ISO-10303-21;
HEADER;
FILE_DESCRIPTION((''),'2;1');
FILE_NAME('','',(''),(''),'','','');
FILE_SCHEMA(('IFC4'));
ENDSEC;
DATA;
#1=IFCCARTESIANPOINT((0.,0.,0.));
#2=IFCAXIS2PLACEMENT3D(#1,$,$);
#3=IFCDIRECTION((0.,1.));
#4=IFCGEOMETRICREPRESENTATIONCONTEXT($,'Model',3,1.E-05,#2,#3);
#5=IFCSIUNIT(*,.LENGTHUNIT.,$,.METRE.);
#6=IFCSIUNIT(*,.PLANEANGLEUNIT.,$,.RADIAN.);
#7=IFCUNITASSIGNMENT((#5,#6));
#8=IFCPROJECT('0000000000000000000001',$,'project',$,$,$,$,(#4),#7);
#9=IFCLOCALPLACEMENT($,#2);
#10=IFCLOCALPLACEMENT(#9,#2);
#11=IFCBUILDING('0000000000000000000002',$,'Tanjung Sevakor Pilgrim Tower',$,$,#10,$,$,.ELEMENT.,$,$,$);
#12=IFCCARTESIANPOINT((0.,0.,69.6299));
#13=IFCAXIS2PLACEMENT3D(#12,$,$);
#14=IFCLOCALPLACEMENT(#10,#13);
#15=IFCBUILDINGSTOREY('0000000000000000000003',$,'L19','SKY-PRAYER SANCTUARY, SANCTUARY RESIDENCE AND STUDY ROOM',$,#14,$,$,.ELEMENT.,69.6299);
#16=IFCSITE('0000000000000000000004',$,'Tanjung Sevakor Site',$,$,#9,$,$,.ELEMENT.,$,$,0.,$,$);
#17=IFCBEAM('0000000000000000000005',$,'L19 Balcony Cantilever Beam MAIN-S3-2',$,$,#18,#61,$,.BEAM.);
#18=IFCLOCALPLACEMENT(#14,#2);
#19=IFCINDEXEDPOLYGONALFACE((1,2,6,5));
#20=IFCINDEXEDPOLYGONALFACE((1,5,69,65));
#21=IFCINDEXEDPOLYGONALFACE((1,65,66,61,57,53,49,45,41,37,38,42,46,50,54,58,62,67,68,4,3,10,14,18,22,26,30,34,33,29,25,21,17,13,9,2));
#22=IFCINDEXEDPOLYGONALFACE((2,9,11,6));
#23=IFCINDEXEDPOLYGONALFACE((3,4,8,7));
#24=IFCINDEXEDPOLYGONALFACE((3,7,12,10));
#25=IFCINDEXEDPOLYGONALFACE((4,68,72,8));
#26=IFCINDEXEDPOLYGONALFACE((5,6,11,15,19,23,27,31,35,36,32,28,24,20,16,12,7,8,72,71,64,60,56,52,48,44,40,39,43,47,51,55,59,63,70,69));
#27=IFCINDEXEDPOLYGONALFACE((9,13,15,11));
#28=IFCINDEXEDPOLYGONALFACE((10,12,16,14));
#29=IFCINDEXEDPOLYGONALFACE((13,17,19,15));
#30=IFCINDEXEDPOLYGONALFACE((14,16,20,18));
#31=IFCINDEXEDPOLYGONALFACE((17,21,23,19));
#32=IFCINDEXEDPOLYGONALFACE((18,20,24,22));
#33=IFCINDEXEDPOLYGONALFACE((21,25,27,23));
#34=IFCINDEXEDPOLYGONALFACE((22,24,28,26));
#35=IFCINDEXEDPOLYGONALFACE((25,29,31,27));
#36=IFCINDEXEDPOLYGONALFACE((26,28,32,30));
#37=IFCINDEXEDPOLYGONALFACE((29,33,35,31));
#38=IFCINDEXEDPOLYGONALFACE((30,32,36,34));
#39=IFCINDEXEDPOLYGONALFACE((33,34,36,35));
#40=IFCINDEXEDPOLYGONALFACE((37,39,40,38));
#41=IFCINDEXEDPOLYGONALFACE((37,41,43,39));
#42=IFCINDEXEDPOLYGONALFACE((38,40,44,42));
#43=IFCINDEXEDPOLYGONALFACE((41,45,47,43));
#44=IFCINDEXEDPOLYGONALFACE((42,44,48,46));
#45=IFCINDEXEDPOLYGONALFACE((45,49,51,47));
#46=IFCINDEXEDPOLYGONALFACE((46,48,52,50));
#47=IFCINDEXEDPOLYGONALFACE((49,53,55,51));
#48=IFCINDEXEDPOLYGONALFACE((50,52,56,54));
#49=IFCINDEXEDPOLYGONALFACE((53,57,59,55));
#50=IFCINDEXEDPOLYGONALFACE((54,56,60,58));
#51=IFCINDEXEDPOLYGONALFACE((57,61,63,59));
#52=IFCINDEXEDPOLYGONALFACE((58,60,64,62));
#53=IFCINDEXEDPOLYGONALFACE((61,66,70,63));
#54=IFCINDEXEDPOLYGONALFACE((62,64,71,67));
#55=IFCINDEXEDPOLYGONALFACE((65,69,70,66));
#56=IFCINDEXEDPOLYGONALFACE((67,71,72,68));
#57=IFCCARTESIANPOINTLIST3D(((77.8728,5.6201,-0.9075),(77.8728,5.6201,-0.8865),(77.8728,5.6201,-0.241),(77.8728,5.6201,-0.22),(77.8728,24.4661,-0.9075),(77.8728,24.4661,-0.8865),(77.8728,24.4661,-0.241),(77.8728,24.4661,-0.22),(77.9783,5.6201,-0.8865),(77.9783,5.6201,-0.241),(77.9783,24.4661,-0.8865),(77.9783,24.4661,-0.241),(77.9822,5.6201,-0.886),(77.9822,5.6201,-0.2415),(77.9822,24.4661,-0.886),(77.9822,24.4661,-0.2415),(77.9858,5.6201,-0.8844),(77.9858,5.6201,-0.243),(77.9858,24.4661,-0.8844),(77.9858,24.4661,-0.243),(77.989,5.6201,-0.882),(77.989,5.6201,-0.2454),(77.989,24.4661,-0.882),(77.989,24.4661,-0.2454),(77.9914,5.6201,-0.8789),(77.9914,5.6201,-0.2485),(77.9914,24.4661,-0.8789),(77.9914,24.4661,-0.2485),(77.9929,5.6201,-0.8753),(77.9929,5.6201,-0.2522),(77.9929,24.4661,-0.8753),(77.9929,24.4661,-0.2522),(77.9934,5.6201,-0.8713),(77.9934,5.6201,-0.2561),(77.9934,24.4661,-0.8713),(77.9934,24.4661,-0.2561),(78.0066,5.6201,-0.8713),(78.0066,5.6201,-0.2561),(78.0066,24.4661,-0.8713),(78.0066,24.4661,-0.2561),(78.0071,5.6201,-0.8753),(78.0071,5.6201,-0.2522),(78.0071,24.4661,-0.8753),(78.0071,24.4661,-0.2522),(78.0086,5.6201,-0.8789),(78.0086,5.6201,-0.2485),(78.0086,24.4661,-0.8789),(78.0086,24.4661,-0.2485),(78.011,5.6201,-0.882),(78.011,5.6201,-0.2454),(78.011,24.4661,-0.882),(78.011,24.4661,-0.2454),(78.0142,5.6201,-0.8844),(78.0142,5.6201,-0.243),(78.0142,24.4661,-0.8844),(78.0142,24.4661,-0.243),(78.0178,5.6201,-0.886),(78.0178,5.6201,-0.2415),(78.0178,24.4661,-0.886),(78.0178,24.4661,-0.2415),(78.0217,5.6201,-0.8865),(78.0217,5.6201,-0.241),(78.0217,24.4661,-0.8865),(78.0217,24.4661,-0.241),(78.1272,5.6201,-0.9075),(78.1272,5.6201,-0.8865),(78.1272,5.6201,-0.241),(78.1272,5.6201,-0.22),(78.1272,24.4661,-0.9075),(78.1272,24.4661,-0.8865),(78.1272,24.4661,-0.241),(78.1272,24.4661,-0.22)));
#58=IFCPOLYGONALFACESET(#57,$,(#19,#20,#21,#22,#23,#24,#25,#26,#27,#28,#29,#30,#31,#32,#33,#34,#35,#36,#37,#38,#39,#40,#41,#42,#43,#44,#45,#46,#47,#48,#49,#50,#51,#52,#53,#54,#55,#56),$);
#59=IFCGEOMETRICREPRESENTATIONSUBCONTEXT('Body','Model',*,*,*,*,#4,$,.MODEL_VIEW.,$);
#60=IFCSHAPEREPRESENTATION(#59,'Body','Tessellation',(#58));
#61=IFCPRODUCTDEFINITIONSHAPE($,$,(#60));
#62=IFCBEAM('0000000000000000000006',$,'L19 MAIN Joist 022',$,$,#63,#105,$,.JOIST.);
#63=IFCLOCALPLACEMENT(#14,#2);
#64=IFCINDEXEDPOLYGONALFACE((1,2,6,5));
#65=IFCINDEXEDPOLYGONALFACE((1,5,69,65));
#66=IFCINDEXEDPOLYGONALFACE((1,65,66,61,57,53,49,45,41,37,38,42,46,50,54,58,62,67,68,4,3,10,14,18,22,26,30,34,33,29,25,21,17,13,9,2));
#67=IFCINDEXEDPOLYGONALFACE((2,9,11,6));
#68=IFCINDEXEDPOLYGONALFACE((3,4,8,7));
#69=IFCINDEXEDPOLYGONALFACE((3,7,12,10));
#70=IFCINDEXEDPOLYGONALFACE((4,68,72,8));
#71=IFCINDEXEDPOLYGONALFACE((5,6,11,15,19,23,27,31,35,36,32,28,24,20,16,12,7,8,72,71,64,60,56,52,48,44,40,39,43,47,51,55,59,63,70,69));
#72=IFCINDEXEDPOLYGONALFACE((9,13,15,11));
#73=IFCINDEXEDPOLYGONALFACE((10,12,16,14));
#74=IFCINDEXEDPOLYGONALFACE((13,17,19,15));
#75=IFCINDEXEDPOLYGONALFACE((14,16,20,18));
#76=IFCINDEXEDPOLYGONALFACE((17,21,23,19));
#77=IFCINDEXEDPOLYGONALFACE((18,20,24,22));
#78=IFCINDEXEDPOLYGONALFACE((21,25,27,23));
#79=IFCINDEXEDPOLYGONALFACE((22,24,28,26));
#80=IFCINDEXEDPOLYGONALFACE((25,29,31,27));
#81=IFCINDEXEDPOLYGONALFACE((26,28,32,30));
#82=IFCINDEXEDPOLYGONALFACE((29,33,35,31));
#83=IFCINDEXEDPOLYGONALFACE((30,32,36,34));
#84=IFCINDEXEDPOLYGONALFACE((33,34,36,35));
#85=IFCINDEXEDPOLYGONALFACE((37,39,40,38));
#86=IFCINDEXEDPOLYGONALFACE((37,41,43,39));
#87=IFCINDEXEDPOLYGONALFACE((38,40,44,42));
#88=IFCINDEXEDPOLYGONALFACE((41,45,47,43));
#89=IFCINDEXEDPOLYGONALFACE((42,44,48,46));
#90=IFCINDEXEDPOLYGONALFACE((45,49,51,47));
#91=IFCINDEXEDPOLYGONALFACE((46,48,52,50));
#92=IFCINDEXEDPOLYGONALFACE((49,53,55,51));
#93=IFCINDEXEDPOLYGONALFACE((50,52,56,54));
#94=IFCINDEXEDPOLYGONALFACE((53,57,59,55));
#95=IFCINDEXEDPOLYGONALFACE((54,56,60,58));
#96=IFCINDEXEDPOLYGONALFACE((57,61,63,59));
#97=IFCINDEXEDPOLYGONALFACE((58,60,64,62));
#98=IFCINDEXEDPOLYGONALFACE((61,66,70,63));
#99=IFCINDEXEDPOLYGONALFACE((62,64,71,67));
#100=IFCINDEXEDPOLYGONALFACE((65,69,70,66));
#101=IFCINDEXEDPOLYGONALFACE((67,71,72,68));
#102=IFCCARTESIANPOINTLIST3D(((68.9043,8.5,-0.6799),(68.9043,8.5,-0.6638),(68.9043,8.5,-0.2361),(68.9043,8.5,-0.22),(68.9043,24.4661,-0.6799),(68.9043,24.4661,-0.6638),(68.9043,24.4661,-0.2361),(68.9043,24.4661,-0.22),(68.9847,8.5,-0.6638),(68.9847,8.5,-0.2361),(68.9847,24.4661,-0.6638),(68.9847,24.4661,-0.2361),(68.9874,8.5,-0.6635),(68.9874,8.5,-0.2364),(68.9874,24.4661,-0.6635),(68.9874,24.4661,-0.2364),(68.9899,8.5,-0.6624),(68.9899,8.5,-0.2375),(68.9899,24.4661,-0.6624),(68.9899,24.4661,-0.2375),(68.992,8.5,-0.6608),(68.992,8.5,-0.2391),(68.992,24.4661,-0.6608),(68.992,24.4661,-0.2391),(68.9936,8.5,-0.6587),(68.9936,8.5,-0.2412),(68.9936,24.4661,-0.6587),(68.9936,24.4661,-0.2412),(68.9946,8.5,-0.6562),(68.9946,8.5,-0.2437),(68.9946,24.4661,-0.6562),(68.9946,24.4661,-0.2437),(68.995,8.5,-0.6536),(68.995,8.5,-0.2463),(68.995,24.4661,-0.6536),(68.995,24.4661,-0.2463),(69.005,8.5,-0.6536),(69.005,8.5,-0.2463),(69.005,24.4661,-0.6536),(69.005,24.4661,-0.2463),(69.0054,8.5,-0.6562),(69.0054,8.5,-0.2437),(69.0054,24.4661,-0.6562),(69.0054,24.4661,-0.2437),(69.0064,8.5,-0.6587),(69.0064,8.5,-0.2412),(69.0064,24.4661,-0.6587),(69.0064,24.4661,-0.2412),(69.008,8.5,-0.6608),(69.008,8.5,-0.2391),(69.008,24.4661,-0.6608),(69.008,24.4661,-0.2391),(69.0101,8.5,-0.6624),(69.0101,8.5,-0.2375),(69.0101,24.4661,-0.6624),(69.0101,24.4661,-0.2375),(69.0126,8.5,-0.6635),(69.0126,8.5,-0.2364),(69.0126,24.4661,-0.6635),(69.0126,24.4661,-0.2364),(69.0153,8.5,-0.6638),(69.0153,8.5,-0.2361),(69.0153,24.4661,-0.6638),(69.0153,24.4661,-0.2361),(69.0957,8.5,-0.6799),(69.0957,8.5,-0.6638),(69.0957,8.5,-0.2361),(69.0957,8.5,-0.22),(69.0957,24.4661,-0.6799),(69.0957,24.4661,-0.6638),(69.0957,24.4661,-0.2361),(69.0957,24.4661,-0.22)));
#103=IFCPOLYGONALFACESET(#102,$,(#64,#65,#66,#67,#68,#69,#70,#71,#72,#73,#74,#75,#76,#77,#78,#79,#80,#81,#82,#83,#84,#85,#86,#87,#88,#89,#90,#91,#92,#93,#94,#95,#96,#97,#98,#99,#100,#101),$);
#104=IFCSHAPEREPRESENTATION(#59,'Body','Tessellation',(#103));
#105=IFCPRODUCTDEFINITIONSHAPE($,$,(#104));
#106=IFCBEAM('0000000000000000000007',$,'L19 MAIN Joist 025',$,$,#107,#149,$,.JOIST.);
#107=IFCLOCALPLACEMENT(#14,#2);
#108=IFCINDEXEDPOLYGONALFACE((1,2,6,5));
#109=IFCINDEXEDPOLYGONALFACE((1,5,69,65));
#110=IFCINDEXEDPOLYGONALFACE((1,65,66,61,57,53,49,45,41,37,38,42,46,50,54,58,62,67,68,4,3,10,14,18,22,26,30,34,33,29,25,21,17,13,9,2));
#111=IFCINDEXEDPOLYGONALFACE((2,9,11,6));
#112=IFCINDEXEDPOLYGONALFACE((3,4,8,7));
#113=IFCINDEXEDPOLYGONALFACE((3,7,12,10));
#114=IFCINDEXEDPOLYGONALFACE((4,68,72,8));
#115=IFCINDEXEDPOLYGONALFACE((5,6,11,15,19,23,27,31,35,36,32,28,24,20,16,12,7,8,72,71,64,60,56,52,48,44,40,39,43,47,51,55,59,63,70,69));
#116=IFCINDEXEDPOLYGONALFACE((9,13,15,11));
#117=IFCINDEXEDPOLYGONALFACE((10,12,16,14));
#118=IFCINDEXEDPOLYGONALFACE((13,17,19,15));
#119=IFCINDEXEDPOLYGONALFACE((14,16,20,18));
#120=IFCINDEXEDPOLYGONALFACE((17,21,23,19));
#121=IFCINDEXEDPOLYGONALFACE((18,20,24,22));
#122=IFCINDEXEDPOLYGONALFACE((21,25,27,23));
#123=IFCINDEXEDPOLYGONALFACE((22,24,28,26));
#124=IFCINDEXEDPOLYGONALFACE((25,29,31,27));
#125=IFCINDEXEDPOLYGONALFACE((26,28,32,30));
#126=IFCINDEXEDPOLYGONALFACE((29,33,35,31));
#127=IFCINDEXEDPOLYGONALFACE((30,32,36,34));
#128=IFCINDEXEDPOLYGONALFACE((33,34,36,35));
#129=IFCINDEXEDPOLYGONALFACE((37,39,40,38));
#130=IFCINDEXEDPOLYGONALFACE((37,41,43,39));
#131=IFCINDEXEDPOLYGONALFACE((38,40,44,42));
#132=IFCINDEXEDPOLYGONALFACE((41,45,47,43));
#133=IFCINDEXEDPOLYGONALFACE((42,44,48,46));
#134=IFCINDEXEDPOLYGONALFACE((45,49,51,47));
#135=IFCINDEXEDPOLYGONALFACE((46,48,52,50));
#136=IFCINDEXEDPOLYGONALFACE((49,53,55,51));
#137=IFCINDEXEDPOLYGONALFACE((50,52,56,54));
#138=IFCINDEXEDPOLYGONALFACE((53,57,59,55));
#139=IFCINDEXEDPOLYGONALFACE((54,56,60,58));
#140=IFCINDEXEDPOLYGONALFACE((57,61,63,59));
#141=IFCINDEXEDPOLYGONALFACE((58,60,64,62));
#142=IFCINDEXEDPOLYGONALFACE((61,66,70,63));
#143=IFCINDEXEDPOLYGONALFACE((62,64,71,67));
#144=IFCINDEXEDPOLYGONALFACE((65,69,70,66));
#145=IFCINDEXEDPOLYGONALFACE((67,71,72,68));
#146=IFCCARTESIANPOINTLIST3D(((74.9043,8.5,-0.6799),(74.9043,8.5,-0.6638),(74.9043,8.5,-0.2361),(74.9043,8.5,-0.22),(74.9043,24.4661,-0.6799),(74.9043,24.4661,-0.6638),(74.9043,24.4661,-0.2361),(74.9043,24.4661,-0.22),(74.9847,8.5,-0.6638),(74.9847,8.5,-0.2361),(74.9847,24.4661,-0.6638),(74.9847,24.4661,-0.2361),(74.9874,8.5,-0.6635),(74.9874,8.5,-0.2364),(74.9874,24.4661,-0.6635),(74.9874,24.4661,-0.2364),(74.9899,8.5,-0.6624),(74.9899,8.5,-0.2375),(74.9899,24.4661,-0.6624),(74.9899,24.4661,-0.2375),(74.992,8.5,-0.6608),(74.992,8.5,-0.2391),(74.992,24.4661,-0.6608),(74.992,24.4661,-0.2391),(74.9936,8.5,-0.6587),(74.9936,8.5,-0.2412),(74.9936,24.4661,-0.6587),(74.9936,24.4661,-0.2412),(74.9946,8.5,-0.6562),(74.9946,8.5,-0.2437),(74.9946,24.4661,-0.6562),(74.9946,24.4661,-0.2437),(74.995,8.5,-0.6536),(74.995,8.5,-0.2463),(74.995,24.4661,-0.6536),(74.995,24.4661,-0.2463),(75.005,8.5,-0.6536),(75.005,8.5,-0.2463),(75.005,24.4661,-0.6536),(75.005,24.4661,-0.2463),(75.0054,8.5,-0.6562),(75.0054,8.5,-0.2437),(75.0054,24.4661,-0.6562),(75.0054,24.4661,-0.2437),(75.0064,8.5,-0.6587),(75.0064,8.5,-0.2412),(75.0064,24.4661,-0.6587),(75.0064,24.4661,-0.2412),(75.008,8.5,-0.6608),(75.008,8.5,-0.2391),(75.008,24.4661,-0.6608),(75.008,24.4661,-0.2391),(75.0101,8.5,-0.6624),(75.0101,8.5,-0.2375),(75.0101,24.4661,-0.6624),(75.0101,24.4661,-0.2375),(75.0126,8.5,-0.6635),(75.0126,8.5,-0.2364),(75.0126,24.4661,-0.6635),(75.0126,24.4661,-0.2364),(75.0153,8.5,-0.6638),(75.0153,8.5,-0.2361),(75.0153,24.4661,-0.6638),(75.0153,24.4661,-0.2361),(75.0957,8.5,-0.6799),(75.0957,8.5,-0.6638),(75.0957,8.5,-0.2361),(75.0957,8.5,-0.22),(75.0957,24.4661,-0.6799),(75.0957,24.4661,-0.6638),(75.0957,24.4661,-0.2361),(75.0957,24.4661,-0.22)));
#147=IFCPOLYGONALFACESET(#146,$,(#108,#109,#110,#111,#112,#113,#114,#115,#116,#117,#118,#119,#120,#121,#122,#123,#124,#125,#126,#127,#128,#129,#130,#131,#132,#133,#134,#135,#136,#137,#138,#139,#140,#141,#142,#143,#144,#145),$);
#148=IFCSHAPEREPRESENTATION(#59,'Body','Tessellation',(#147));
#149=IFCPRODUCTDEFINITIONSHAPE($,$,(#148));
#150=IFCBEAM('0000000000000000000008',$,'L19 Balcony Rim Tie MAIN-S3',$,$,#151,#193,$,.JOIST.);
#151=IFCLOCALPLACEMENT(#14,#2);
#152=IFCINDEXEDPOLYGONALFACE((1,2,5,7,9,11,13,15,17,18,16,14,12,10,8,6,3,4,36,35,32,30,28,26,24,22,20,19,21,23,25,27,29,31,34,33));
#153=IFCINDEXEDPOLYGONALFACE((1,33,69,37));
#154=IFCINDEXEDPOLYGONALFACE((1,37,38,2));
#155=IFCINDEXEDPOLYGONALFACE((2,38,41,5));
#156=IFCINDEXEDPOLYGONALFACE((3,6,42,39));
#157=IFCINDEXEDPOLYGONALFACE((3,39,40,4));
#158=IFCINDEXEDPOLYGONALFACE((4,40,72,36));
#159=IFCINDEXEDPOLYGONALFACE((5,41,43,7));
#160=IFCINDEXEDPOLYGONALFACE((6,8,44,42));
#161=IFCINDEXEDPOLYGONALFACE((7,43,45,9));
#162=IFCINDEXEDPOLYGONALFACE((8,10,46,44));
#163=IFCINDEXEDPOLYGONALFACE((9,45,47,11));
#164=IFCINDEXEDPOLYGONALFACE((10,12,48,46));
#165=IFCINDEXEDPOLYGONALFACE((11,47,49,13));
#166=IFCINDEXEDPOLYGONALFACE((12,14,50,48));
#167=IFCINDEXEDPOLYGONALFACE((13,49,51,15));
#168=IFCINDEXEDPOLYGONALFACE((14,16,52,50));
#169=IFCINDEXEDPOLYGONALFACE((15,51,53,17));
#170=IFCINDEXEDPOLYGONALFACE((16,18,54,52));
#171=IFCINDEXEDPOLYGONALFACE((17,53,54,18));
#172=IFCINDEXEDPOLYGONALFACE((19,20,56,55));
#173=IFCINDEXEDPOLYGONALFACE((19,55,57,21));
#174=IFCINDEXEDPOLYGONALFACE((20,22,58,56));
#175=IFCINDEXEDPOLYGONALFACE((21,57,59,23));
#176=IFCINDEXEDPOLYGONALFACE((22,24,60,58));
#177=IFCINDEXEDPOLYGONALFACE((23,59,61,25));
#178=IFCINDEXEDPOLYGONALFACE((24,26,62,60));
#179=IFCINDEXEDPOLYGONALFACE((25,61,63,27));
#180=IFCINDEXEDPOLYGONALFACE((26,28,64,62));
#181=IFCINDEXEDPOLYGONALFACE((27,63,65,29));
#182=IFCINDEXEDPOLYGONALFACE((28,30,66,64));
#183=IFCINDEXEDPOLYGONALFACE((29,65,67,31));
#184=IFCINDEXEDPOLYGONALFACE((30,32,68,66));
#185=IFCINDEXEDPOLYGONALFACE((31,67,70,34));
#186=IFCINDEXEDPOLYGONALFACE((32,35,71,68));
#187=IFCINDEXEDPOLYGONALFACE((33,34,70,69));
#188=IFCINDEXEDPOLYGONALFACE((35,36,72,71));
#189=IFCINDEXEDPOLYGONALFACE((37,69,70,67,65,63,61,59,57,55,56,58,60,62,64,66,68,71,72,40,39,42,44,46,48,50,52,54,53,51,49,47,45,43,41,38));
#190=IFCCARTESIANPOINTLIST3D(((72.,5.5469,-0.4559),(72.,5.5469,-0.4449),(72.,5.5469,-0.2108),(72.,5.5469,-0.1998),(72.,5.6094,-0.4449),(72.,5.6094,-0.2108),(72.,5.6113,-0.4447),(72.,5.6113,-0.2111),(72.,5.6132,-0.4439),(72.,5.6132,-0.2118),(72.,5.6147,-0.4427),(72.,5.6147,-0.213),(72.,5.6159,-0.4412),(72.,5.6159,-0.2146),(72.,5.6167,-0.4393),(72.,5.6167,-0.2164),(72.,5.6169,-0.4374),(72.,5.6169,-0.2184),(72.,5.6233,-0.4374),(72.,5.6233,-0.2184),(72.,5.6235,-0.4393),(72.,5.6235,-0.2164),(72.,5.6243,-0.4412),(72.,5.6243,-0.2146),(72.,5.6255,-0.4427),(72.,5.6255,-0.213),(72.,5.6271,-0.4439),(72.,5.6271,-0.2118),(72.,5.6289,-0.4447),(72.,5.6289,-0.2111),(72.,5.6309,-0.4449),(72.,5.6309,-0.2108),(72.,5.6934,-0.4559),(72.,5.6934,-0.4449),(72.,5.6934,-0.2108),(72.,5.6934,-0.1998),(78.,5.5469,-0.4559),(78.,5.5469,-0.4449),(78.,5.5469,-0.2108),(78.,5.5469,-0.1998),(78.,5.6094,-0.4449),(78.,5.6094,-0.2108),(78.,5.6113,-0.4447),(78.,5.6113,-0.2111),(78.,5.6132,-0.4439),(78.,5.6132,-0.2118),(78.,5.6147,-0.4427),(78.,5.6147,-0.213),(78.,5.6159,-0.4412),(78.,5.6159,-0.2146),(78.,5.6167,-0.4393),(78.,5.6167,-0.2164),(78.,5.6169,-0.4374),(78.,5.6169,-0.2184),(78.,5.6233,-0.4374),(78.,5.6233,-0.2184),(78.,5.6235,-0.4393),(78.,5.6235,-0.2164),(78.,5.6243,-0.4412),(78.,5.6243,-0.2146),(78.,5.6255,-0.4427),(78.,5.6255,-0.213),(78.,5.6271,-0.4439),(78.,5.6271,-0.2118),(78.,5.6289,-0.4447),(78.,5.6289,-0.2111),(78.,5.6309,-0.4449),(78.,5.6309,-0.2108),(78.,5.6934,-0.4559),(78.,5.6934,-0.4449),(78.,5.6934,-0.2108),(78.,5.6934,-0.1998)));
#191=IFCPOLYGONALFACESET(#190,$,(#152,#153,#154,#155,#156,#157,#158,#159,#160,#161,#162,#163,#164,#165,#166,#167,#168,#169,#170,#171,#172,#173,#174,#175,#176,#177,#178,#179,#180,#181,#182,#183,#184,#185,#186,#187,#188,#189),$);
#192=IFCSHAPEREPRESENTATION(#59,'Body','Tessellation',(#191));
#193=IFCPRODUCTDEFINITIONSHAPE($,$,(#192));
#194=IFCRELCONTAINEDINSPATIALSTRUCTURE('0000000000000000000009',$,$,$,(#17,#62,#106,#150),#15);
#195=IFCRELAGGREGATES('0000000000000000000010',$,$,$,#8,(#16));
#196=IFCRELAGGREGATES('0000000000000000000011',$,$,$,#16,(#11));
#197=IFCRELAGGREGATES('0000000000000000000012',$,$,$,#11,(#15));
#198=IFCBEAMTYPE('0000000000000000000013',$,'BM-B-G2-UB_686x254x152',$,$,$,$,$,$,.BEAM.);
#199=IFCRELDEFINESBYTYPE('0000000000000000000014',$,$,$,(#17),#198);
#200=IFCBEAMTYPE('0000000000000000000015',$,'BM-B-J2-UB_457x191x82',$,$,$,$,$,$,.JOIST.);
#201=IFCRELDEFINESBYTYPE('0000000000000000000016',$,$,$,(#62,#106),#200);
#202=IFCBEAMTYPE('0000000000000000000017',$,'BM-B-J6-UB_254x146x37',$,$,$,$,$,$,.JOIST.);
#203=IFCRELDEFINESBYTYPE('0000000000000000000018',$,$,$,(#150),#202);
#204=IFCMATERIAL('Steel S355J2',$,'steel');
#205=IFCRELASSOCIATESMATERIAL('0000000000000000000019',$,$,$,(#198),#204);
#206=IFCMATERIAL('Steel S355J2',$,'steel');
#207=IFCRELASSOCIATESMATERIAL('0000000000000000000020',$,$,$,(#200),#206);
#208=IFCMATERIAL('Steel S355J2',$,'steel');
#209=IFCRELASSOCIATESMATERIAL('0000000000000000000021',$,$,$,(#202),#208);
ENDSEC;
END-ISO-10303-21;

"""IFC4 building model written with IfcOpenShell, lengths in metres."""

from ifc_helpers import new_model, si_unit, direction, frame, origin, origin_2d, place, context, subcontext, project, spatial, i_section, extrude, material, material_profile, profile_set, type_object, element, save


model = new_model("IFC4")

# Units and contexts
model_context = context("Model", 3, precision=1e-05, world=origin(), true_north=direction((0.0, 1.0)))
body_context = subcontext(model_context, "Body", "Model", "MODEL_VIEW")
ifc_project = project(units=[si_unit("LENGTHUNIT", "METRE"), si_unit("PLANEANGLEUNIT", "RADIAN")], contexts=[model_context])

# Site, building, storey
site_placement = place(None, origin())
site = spatial("IfcSite", under=ifc_project, at=site_placement, Name="Tanjung Sevakor Site", CompositionType="ELEMENT", RefElevation=0.0)
building_placement = place(site_placement, origin())
building = spatial("IfcBuilding", under=site, at=building_placement, Name="Tanjung Sevakor Pilgrim Tower", CompositionType="ELEMENT")
storey_placement = place(building_placement, frame((0.0, 0.0, 69.6299)))
storey = spatial("IfcBuildingStorey", under=building, at=storey_placement, Name="L19", Description="SKY-PRAYER SANCTUARY, SANCTUARY RESIDENCE AND STUDY ROOM", CompositionType="ELEMENT", Elevation=69.6299)

# Beams
ifc_material_1 = material(Name="Steel S355J2", Category="steel")
ifc_material_profile_1 = material_profile(ifc_material_1, i_section(OverallWidth=0.2544, OverallDepth=0.6875, WebThickness=0.0132, FlangeThickness=0.021, FilletRadius=0.0151, at=origin_2d()))
ifc_profile_set_1 = profile_set([ifc_material_profile_1], Name="Steel S355J2")
beam_type_1 = type_object("IfcBeamType", Name="BM-B-G2-UB_686x254x152", PredefinedType="BEAM", material=ifc_profile_set_1)
beam_1_placement = place(storey_placement, frame((78.0, 24.4661, -0.5637), z_axis=(0.0, -1.0, 0.0), x_axis=(1.0, 0.0, 0.0)))
element("IfcBeam", 1, at=beam_1_placement, inside=storey, type_object=beam_type_1, Name="L19 Balcony Cantilever Beam MAIN-S3-2", PredefinedType="BEAM", context=body_context, shape_type="SweptSolid", body=[
    extrude(i_section(OverallWidth=0.2544, OverallDepth=0.6875, WebThickness=0.0132, FlangeThickness=0.021, FilletRadius=0.0151, at=origin_2d()), origin(), (0.0, 0.0, 1.0), 18.8459),
])
ifc_material_2 = material(Name="Steel S355J2", Category="steel")
ifc_material_profile_2 = material_profile(ifc_material_2, i_section(OverallWidth=0.1914, OverallDepth=0.46, WebThickness=0.01, FlangeThickness=0.0161, FilletRadius=0.0103, at=origin_2d()))
ifc_profile_set_2 = profile_set([ifc_material_profile_2], Name="Steel S355J2")
beam_type_2 = type_object("IfcBeamType", Name="BM-B-J2-UB_457x191x82", PredefinedType="JOIST", material=ifc_profile_set_2)
for number, where, z_axis, x_axis, name in (
    (2, (69.0, 8.5, -0.45), (0.0, 1.0, 0.0), (-1.0, 0.0, 0.0), "L19 MAIN Joist 022"),
    (3, (75.0, 8.5, -0.45), (0.0, 1.0, 0.0), (-1.0, 0.0, 0.0), "L19 MAIN Joist 025"),
):
    element("IfcBeam", number, at=place(storey_placement, frame(where, z_axis=z_axis, x_axis=x_axis)), inside=storey, type_object=beam_type_2, Name=name, PredefinedType="JOIST", context=body_context, shape_type="SweptSolid", body=[
        extrude(i_section(OverallWidth=0.1914, OverallDepth=0.46, WebThickness=0.01, FlangeThickness=0.0161, FilletRadius=0.0103, at=origin_2d()), origin(), (0.0, 0.0, 1.0), 15.9661),
    ])
ifc_material_3 = material(Name="Steel S355J2", Category="steel")
ifc_material_profile_3 = material_profile(ifc_material_3, i_section(OverallWidth=0.1465, OverallDepth=0.2561, WebThickness=0.0063, FlangeThickness=0.011, FilletRadius=0.0076, at=origin_2d()))
ifc_profile_set_3 = profile_set([ifc_material_profile_3], Name="Steel S355J2")
beam_type_3 = type_object("IfcBeamType", Name="BM-B-J6-UB_254x146x37", PredefinedType="JOIST", material=ifc_profile_set_3)
beam_2_placement = place(storey_placement, frame((72.0, 5.6201, -0.3279), z_axis=(1.0, 0.0, 0.0), x_axis=(0.0, 1.0, 0.0)))
element("IfcBeam", 4, at=beam_2_placement, inside=storey, type_object=beam_type_3, Name="L19 Balcony Rim Tie MAIN-S3", PredefinedType="JOIST", context=body_context, shape_type="SweptSolid", body=[
    extrude(i_section(OverallWidth=0.1465, OverallDepth=0.2561, WebThickness=0.0063, FlangeThickness=0.011, FilletRadius=0.0076, at=origin_2d()), origin(), (0.0, 0.0, 1.0), 6.0),
])

save(model, "model.ifc")
